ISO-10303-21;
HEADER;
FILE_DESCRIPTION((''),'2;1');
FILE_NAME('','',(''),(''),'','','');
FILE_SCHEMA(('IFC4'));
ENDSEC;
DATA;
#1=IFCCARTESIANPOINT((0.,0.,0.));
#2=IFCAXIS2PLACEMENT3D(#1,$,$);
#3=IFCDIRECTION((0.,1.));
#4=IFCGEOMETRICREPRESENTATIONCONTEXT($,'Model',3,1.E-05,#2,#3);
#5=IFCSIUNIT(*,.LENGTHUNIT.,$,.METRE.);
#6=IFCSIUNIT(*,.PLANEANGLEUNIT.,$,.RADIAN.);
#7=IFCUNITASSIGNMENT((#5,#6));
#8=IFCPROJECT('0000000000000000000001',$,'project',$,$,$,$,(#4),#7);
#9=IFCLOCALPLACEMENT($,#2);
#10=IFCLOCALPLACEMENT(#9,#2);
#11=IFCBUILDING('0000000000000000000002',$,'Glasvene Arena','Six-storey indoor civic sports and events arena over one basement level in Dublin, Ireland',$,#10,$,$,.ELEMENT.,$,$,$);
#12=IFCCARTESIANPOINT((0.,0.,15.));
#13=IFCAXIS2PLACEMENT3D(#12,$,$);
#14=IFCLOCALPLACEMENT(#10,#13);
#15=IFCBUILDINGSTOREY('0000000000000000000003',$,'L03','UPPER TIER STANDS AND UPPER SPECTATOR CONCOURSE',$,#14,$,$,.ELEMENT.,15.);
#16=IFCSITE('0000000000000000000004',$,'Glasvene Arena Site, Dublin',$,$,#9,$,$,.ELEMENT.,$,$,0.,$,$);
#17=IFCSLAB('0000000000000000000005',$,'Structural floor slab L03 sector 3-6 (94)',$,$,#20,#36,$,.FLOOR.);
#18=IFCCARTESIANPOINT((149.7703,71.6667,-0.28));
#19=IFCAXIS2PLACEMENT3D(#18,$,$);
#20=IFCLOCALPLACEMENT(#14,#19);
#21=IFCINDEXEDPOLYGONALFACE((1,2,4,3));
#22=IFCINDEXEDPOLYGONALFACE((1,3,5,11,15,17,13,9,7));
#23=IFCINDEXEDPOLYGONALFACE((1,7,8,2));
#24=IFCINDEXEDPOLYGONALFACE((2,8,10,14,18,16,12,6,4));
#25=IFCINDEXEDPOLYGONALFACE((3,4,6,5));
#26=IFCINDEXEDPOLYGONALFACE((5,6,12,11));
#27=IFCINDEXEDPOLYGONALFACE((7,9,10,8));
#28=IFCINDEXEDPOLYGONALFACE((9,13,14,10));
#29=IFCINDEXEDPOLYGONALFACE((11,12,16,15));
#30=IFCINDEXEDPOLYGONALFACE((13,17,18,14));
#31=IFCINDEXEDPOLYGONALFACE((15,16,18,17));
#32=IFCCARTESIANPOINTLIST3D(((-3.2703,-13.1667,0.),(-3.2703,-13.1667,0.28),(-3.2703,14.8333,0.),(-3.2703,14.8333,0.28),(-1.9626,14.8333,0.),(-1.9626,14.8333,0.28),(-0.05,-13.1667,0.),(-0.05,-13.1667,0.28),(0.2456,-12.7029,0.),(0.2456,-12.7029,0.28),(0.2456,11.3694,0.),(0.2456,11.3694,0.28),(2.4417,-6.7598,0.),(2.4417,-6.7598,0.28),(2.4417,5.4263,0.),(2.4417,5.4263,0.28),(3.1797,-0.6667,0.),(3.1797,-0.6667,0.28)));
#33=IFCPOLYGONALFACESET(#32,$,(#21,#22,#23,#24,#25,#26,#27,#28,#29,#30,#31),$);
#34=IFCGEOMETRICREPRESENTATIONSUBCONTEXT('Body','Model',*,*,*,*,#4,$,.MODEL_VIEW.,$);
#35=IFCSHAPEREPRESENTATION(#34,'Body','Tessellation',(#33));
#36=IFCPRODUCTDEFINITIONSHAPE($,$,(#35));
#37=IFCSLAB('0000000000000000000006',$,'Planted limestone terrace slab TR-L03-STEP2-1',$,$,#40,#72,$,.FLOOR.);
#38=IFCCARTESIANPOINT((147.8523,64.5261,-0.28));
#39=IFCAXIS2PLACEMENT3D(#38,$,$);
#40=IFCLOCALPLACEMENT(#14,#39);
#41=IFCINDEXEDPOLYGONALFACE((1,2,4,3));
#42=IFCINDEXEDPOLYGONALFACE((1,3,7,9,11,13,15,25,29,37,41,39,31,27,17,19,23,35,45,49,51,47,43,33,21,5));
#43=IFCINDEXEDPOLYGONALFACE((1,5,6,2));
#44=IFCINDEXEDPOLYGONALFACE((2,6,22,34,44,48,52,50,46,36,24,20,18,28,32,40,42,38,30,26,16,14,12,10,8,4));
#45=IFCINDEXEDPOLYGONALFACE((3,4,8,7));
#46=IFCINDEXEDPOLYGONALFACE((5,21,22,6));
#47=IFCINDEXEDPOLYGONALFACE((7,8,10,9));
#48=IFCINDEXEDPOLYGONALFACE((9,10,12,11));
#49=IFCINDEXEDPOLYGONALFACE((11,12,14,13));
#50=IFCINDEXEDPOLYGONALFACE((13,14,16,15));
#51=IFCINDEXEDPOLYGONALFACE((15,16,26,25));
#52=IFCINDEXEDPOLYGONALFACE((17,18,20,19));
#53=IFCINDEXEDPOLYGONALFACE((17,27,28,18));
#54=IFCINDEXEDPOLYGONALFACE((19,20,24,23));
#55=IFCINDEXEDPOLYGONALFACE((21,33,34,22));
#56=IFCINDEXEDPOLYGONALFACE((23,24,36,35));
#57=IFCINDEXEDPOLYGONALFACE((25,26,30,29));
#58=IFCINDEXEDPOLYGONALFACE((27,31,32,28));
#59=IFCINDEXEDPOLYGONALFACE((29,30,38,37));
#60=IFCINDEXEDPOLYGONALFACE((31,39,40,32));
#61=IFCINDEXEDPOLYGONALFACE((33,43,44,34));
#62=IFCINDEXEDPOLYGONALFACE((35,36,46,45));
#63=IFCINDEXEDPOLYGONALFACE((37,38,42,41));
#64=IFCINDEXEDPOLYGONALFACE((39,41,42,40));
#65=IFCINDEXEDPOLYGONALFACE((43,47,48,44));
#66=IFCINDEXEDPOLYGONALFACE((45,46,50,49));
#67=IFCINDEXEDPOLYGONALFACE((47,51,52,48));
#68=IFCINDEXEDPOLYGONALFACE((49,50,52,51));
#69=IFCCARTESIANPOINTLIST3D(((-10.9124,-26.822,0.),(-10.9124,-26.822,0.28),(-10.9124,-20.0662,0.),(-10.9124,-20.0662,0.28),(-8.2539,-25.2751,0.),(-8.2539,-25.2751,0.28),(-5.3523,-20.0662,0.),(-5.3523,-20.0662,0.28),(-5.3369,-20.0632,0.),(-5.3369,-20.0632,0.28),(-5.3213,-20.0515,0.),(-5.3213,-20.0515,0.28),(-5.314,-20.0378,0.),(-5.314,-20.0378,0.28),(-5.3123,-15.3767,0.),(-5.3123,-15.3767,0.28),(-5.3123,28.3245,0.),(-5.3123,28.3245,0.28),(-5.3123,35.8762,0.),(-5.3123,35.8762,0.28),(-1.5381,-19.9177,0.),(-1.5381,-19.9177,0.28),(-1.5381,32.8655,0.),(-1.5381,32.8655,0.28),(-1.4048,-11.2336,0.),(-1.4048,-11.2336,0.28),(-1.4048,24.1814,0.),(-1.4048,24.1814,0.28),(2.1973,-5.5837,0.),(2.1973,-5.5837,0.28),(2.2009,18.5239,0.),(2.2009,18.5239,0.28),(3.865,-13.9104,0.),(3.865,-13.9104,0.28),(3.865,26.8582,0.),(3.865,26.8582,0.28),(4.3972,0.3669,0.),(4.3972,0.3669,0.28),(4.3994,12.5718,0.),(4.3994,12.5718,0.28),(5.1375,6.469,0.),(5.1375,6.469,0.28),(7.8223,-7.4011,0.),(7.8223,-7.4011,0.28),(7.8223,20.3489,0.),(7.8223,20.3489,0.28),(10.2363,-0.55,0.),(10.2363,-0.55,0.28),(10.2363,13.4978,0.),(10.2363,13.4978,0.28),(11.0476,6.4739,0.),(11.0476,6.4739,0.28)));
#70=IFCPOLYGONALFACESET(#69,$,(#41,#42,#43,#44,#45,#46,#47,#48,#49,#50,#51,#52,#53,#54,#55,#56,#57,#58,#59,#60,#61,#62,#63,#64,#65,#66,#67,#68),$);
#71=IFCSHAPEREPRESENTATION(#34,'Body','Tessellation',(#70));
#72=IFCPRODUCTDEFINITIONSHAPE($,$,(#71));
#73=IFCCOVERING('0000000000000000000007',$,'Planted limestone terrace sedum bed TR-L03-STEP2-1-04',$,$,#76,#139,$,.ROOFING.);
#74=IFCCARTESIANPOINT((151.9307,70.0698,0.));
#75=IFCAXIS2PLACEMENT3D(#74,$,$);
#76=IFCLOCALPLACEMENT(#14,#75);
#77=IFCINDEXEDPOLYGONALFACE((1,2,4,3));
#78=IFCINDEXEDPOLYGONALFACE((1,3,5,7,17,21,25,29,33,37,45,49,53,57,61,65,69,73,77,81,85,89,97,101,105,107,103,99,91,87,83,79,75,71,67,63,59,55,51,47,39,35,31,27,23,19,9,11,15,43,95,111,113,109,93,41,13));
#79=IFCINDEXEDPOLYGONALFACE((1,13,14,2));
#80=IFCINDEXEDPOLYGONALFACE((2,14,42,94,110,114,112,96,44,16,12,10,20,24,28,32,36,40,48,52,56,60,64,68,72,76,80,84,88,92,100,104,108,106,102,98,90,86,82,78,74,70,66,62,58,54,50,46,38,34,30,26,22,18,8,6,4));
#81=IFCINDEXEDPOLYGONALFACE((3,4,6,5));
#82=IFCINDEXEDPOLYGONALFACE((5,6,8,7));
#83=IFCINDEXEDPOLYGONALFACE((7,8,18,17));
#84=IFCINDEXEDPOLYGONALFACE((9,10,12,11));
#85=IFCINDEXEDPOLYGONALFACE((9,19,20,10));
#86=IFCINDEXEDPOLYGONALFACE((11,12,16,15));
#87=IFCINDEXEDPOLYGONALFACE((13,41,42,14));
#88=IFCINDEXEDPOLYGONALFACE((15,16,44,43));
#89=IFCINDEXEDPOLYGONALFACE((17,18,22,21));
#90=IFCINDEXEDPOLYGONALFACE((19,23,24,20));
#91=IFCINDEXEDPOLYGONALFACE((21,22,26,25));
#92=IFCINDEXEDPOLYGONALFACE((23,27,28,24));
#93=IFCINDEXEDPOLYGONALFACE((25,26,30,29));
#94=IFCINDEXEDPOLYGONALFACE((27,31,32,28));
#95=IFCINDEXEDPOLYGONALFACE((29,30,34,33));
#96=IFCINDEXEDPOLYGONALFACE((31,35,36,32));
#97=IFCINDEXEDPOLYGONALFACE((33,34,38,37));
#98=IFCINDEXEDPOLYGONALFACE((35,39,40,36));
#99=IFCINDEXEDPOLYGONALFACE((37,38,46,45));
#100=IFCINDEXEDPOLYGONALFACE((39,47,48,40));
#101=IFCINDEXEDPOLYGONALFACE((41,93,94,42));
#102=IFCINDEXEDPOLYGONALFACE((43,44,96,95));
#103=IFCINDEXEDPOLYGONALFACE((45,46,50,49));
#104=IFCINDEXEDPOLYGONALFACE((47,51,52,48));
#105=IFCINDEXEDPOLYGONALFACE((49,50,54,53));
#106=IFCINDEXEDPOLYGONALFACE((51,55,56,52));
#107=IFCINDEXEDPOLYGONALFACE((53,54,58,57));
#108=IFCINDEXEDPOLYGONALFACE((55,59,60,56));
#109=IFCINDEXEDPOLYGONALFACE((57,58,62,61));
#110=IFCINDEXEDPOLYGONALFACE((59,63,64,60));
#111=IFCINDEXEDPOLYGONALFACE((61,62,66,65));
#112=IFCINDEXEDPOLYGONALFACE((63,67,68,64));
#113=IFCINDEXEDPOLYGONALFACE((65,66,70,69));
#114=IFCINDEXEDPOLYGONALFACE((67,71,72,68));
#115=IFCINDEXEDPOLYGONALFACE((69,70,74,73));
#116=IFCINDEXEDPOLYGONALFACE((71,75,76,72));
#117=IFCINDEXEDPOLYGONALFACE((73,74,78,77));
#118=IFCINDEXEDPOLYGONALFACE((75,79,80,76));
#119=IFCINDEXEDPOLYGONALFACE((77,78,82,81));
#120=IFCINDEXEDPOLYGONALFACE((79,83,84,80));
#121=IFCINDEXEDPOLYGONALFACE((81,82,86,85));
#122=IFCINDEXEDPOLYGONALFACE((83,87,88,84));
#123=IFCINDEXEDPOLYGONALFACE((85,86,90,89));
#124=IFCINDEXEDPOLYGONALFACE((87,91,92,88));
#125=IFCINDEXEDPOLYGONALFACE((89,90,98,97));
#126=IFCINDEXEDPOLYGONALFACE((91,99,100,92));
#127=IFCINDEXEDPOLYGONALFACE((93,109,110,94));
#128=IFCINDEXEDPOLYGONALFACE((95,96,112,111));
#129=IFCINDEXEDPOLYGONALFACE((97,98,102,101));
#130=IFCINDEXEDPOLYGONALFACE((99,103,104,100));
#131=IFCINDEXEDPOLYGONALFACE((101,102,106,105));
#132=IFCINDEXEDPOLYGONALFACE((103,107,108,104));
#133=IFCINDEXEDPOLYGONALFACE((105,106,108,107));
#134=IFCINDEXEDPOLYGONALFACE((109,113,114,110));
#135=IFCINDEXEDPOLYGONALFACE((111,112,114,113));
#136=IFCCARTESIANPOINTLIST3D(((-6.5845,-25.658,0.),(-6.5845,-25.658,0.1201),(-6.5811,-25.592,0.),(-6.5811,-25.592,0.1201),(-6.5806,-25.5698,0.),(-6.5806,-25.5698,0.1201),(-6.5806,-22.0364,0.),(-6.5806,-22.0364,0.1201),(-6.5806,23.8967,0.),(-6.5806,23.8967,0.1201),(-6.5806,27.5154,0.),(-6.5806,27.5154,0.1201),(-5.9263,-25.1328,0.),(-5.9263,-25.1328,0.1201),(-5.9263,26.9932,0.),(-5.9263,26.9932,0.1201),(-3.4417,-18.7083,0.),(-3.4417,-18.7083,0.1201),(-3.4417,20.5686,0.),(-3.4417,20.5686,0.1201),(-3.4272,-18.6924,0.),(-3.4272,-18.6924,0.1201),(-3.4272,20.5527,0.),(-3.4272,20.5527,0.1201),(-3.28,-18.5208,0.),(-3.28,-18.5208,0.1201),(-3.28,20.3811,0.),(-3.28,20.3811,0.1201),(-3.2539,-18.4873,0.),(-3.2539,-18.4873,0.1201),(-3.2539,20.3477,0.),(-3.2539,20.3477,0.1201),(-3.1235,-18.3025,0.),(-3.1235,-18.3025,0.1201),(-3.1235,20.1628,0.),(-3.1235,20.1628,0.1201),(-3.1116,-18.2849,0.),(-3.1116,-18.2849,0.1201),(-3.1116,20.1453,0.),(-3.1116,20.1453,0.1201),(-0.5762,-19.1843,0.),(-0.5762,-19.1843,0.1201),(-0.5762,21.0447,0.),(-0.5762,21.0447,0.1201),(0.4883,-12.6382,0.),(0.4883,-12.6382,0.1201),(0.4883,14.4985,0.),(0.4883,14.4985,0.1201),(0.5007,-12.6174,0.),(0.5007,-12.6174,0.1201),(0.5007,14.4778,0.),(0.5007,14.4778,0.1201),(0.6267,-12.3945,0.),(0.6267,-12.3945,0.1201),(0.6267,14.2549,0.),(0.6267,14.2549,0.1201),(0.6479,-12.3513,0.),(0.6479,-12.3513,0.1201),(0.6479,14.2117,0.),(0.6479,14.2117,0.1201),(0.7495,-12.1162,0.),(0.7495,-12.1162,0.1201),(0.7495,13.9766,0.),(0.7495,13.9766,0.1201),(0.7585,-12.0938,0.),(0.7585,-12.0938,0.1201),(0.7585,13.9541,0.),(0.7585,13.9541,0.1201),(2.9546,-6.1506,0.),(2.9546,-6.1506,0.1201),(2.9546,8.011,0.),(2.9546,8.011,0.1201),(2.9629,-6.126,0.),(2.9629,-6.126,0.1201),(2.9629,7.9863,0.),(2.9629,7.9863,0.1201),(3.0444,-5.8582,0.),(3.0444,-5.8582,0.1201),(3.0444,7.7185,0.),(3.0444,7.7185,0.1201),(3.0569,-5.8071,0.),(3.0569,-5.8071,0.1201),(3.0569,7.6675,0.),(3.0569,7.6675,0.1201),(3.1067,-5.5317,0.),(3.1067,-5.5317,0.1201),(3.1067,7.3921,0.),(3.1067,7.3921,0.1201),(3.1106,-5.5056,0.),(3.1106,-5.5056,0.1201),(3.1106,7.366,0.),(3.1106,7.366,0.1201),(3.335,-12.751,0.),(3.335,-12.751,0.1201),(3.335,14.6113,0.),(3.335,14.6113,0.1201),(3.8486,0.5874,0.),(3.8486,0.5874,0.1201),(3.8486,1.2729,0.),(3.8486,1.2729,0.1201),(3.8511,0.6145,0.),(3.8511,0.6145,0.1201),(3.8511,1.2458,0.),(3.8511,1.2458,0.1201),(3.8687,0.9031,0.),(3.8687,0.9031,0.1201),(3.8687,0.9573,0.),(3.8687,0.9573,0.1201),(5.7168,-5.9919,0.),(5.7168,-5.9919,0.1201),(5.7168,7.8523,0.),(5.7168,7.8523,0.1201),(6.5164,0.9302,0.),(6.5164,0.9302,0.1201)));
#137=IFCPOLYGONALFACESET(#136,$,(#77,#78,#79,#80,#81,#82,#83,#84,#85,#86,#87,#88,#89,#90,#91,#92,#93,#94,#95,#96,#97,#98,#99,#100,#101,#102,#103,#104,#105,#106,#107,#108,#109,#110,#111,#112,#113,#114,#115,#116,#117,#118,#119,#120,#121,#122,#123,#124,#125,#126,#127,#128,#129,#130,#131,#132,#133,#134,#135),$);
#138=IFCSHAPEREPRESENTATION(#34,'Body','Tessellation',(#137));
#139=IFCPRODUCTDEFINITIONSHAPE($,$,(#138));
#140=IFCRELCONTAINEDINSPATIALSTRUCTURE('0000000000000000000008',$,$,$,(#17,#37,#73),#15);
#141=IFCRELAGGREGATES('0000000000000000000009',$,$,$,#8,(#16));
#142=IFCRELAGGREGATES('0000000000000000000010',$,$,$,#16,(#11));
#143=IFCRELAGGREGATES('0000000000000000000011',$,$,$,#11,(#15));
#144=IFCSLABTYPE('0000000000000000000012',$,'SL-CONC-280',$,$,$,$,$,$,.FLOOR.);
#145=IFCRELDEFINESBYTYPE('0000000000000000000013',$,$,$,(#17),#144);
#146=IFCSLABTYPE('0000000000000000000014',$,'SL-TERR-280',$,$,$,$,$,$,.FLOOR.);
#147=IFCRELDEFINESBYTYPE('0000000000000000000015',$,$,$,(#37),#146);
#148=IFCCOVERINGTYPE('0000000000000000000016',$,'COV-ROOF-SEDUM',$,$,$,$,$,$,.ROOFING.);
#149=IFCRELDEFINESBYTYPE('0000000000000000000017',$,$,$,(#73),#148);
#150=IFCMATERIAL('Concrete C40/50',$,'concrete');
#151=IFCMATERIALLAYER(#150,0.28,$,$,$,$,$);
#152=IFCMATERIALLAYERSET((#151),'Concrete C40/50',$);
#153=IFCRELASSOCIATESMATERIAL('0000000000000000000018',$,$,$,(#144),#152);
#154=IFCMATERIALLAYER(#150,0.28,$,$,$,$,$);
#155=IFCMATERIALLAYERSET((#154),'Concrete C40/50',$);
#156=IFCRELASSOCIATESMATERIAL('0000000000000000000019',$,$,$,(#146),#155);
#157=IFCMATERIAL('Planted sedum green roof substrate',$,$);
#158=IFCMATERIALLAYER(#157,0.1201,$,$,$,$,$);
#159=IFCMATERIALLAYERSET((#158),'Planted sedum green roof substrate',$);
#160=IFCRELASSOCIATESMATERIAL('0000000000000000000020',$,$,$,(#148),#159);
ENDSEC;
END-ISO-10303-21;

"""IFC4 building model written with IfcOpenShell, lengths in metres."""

from ifc_helpers import new_model, si_unit, direction, frame, origin, place, context, subcontext, project, spatial, polyline, outline, extrude, material, layer, layer_set, type_object, element, save


model = new_model("IFC4")

# Units and contexts
model_context = context("Model", 3, precision=1e-05, world=origin(), true_north=direction((0.0, 1.0)))
body_context = subcontext(model_context, "Body", "Model", "MODEL_VIEW")
ifc_project = project(units=[si_unit("LENGTHUNIT", "METRE"), si_unit("PLANEANGLEUNIT", "RADIAN")], contexts=[model_context])

# Site, building, storey
site_placement = place(None, origin())
site = spatial("IfcSite", under=ifc_project, at=site_placement, Name="Glasvene Arena Site, Dublin", CompositionType="ELEMENT", RefElevation=0.0)
building_placement = place(site_placement, origin())
building = spatial("IfcBuilding", under=site, at=building_placement, Name="Glasvene Arena", Description="Six-storey indoor civic sports and events arena over one basement level in Dublin, Ireland", CompositionType="ELEMENT")
storey_placement = place(building_placement, frame((0.0, 0.0, 15.0)))
storey = spatial("IfcBuildingStorey", under=building, at=storey_placement, Name="L03", Description="UPPER TIER STANDS AND UPPER SPECTATOR CONCOURSE", CompositionType="ELEMENT", Elevation=15.0)

# Slabs
ifc_material_1 = material(Name="Concrete C40/50", Category="concrete")
ifc_layer_1 = layer(ifc_material_1, 0.28)
ifc_layer_set_1 = layer_set([ifc_layer_1], Name="Concrete C40/50")
slab_type_1 = type_object("IfcSlabType", Name="SL-CONC-280", PredefinedType="FLOOR", material=ifc_layer_set_1)
slab_1_placement = place(storey_placement, frame((149.7703, 71.6667, -0.28)))
element("IfcSlab", 1, at=slab_1_placement, inside=storey, type_object=slab_type_1, Name="Structural floor slab L03 sector 3-6 (94)", PredefinedType="FLOOR", context=body_context, shape_type="SweptSolid", body=[
    extrude(outline(polyline([(0.2456, 11.3694), (2.4417, 5.4263), (3.1797, -0.6667), (2.4417, -6.7598), (0.2456, -12.7029), (-0.05, -13.1667), (-3.2703, -13.1667), (-3.2703, 14.8333), (-1.9626, 14.8333), (0.2456, 11.3694)])), origin(), (0.0, 0.0, 1.0), 0.28),
])
ifc_layer_2 = layer(ifc_material_1, 0.28)
ifc_layer_set_2 = layer_set([ifc_layer_2], Name="Concrete C40/50")
slab_type_2 = type_object("IfcSlabType", Name="SL-TERR-280", PredefinedType="FLOOR", material=ifc_layer_set_2)
slab_2_placement = place(storey_placement, frame((147.8523, 64.5261, -0.28)))
element("IfcSlab", 2, at=slab_2_placement, inside=storey, type_object=slab_type_2, Name="Planted limestone terrace slab TR-L03-STEP2-1", PredefinedType="FLOOR", context=body_context, shape_type="SweptSolid", body=[
    extrude(outline(polyline([(3.865, 26.8582), (7.8223, 20.3489), (10.2363, 13.4978), (11.0476, 6.4739), (10.2363, -0.55), (7.8223, -7.4011), (3.865, -13.9104), (-1.5381, -19.9177), (-8.2539, -25.2751), (-10.9124, -26.822), (-10.9124, -20.0662), (-5.3523, -20.0662), (-5.3369, -20.0632), (-5.3213, -20.0515), (-5.314, -20.0378), (-5.3123, -15.3767), (-1.4048, -11.2336), (2.1973, -5.5837), (4.3972, 0.3669), (5.1375, 6.469), (4.3994, 12.5718), (2.2009, 18.5239), (-1.4048, 24.1814), (-5.3123, 28.3245), (-5.3123, 35.8762), (-1.5381, 32.8655), (3.865, 26.8582)])), origin(), (0.0, 0.0, 1.0), 0.28),
])

# Covering
ifc_material_2 = material(Name="Planted sedum green roof substrate")
ifc_layer_3 = layer(ifc_material_2, 0.1201)
ifc_layer_set_3 = layer_set([ifc_layer_3], Name="Planted sedum green roof substrate")
covering_type = type_object("IfcCoveringType", Name="COV-ROOF-SEDUM", PredefinedType="ROOFING", material=ifc_layer_set_3)
covering_placement = place(storey_placement, frame((151.9307, 70.0698, 0.0)))
element("IfcCovering", 3, at=covering_placement, inside=storey, type_object=covering_type, Name="Planted limestone terrace sedum bed TR-L03-STEP2-1-04", PredefinedType="ROOFING", context=body_context, shape_type="SweptSolid", body=[
    extrude(outline(polyline([(-6.5845, -25.658), (-6.5811, -25.592), (-6.5806, -25.5698), (-6.5806, -22.0364), (-3.4417, -18.7083), (-3.4272, -18.6924), (-3.28, -18.5208), (-3.2539, -18.4873), (-3.1235, -18.3025), (-3.1116, -18.2849), (0.4883, -12.6382), (0.5007, -12.6174), (0.6267, -12.3945), (0.6479, -12.3513), (0.7495, -12.1162), (0.7585, -12.0938), (2.9546, -6.1506), (2.9629, -6.126), (3.0444, -5.8582), (3.0569, -5.8071), (3.1067, -5.5317), (3.1106, -5.5056), (3.8486, 0.5874), (3.8511, 0.6145), (3.8687, 0.9031), (3.8687, 0.9573), (3.8511, 1.2458), (3.8486, 1.2729), (3.1106, 7.366), (3.1067, 7.3921), (3.0569, 7.6675), (3.0444, 7.7185), (2.9629, 7.9863), (2.9546, 8.011), (0.7585, 13.9541), (0.7495, 13.9766), (0.6479, 14.2117), (0.6267, 14.2549), (0.5007, 14.4778), (0.4883, 14.4985), (-3.1116, 20.1453), (-3.1235, 20.1628), (-3.2539, 20.3477), (-3.28, 20.3811), (-3.4272, 20.5527), (-3.4417, 20.5686), (-6.5806, 23.8967), (-6.5806, 27.5154), (-5.9263, 26.9932), (-0.5762, 21.0447), (3.335, 14.6113), (5.7168, 7.8523), (6.5164, 0.9302), (5.7168, -5.9919), (3.335, -12.751), (-0.5762, -19.1843), (-5.9263, -25.1328), (-6.5845, -25.658)])), origin(), (0.0, 0.0, 1.0), 0.1201),
])

save(model, "model.ifc")
